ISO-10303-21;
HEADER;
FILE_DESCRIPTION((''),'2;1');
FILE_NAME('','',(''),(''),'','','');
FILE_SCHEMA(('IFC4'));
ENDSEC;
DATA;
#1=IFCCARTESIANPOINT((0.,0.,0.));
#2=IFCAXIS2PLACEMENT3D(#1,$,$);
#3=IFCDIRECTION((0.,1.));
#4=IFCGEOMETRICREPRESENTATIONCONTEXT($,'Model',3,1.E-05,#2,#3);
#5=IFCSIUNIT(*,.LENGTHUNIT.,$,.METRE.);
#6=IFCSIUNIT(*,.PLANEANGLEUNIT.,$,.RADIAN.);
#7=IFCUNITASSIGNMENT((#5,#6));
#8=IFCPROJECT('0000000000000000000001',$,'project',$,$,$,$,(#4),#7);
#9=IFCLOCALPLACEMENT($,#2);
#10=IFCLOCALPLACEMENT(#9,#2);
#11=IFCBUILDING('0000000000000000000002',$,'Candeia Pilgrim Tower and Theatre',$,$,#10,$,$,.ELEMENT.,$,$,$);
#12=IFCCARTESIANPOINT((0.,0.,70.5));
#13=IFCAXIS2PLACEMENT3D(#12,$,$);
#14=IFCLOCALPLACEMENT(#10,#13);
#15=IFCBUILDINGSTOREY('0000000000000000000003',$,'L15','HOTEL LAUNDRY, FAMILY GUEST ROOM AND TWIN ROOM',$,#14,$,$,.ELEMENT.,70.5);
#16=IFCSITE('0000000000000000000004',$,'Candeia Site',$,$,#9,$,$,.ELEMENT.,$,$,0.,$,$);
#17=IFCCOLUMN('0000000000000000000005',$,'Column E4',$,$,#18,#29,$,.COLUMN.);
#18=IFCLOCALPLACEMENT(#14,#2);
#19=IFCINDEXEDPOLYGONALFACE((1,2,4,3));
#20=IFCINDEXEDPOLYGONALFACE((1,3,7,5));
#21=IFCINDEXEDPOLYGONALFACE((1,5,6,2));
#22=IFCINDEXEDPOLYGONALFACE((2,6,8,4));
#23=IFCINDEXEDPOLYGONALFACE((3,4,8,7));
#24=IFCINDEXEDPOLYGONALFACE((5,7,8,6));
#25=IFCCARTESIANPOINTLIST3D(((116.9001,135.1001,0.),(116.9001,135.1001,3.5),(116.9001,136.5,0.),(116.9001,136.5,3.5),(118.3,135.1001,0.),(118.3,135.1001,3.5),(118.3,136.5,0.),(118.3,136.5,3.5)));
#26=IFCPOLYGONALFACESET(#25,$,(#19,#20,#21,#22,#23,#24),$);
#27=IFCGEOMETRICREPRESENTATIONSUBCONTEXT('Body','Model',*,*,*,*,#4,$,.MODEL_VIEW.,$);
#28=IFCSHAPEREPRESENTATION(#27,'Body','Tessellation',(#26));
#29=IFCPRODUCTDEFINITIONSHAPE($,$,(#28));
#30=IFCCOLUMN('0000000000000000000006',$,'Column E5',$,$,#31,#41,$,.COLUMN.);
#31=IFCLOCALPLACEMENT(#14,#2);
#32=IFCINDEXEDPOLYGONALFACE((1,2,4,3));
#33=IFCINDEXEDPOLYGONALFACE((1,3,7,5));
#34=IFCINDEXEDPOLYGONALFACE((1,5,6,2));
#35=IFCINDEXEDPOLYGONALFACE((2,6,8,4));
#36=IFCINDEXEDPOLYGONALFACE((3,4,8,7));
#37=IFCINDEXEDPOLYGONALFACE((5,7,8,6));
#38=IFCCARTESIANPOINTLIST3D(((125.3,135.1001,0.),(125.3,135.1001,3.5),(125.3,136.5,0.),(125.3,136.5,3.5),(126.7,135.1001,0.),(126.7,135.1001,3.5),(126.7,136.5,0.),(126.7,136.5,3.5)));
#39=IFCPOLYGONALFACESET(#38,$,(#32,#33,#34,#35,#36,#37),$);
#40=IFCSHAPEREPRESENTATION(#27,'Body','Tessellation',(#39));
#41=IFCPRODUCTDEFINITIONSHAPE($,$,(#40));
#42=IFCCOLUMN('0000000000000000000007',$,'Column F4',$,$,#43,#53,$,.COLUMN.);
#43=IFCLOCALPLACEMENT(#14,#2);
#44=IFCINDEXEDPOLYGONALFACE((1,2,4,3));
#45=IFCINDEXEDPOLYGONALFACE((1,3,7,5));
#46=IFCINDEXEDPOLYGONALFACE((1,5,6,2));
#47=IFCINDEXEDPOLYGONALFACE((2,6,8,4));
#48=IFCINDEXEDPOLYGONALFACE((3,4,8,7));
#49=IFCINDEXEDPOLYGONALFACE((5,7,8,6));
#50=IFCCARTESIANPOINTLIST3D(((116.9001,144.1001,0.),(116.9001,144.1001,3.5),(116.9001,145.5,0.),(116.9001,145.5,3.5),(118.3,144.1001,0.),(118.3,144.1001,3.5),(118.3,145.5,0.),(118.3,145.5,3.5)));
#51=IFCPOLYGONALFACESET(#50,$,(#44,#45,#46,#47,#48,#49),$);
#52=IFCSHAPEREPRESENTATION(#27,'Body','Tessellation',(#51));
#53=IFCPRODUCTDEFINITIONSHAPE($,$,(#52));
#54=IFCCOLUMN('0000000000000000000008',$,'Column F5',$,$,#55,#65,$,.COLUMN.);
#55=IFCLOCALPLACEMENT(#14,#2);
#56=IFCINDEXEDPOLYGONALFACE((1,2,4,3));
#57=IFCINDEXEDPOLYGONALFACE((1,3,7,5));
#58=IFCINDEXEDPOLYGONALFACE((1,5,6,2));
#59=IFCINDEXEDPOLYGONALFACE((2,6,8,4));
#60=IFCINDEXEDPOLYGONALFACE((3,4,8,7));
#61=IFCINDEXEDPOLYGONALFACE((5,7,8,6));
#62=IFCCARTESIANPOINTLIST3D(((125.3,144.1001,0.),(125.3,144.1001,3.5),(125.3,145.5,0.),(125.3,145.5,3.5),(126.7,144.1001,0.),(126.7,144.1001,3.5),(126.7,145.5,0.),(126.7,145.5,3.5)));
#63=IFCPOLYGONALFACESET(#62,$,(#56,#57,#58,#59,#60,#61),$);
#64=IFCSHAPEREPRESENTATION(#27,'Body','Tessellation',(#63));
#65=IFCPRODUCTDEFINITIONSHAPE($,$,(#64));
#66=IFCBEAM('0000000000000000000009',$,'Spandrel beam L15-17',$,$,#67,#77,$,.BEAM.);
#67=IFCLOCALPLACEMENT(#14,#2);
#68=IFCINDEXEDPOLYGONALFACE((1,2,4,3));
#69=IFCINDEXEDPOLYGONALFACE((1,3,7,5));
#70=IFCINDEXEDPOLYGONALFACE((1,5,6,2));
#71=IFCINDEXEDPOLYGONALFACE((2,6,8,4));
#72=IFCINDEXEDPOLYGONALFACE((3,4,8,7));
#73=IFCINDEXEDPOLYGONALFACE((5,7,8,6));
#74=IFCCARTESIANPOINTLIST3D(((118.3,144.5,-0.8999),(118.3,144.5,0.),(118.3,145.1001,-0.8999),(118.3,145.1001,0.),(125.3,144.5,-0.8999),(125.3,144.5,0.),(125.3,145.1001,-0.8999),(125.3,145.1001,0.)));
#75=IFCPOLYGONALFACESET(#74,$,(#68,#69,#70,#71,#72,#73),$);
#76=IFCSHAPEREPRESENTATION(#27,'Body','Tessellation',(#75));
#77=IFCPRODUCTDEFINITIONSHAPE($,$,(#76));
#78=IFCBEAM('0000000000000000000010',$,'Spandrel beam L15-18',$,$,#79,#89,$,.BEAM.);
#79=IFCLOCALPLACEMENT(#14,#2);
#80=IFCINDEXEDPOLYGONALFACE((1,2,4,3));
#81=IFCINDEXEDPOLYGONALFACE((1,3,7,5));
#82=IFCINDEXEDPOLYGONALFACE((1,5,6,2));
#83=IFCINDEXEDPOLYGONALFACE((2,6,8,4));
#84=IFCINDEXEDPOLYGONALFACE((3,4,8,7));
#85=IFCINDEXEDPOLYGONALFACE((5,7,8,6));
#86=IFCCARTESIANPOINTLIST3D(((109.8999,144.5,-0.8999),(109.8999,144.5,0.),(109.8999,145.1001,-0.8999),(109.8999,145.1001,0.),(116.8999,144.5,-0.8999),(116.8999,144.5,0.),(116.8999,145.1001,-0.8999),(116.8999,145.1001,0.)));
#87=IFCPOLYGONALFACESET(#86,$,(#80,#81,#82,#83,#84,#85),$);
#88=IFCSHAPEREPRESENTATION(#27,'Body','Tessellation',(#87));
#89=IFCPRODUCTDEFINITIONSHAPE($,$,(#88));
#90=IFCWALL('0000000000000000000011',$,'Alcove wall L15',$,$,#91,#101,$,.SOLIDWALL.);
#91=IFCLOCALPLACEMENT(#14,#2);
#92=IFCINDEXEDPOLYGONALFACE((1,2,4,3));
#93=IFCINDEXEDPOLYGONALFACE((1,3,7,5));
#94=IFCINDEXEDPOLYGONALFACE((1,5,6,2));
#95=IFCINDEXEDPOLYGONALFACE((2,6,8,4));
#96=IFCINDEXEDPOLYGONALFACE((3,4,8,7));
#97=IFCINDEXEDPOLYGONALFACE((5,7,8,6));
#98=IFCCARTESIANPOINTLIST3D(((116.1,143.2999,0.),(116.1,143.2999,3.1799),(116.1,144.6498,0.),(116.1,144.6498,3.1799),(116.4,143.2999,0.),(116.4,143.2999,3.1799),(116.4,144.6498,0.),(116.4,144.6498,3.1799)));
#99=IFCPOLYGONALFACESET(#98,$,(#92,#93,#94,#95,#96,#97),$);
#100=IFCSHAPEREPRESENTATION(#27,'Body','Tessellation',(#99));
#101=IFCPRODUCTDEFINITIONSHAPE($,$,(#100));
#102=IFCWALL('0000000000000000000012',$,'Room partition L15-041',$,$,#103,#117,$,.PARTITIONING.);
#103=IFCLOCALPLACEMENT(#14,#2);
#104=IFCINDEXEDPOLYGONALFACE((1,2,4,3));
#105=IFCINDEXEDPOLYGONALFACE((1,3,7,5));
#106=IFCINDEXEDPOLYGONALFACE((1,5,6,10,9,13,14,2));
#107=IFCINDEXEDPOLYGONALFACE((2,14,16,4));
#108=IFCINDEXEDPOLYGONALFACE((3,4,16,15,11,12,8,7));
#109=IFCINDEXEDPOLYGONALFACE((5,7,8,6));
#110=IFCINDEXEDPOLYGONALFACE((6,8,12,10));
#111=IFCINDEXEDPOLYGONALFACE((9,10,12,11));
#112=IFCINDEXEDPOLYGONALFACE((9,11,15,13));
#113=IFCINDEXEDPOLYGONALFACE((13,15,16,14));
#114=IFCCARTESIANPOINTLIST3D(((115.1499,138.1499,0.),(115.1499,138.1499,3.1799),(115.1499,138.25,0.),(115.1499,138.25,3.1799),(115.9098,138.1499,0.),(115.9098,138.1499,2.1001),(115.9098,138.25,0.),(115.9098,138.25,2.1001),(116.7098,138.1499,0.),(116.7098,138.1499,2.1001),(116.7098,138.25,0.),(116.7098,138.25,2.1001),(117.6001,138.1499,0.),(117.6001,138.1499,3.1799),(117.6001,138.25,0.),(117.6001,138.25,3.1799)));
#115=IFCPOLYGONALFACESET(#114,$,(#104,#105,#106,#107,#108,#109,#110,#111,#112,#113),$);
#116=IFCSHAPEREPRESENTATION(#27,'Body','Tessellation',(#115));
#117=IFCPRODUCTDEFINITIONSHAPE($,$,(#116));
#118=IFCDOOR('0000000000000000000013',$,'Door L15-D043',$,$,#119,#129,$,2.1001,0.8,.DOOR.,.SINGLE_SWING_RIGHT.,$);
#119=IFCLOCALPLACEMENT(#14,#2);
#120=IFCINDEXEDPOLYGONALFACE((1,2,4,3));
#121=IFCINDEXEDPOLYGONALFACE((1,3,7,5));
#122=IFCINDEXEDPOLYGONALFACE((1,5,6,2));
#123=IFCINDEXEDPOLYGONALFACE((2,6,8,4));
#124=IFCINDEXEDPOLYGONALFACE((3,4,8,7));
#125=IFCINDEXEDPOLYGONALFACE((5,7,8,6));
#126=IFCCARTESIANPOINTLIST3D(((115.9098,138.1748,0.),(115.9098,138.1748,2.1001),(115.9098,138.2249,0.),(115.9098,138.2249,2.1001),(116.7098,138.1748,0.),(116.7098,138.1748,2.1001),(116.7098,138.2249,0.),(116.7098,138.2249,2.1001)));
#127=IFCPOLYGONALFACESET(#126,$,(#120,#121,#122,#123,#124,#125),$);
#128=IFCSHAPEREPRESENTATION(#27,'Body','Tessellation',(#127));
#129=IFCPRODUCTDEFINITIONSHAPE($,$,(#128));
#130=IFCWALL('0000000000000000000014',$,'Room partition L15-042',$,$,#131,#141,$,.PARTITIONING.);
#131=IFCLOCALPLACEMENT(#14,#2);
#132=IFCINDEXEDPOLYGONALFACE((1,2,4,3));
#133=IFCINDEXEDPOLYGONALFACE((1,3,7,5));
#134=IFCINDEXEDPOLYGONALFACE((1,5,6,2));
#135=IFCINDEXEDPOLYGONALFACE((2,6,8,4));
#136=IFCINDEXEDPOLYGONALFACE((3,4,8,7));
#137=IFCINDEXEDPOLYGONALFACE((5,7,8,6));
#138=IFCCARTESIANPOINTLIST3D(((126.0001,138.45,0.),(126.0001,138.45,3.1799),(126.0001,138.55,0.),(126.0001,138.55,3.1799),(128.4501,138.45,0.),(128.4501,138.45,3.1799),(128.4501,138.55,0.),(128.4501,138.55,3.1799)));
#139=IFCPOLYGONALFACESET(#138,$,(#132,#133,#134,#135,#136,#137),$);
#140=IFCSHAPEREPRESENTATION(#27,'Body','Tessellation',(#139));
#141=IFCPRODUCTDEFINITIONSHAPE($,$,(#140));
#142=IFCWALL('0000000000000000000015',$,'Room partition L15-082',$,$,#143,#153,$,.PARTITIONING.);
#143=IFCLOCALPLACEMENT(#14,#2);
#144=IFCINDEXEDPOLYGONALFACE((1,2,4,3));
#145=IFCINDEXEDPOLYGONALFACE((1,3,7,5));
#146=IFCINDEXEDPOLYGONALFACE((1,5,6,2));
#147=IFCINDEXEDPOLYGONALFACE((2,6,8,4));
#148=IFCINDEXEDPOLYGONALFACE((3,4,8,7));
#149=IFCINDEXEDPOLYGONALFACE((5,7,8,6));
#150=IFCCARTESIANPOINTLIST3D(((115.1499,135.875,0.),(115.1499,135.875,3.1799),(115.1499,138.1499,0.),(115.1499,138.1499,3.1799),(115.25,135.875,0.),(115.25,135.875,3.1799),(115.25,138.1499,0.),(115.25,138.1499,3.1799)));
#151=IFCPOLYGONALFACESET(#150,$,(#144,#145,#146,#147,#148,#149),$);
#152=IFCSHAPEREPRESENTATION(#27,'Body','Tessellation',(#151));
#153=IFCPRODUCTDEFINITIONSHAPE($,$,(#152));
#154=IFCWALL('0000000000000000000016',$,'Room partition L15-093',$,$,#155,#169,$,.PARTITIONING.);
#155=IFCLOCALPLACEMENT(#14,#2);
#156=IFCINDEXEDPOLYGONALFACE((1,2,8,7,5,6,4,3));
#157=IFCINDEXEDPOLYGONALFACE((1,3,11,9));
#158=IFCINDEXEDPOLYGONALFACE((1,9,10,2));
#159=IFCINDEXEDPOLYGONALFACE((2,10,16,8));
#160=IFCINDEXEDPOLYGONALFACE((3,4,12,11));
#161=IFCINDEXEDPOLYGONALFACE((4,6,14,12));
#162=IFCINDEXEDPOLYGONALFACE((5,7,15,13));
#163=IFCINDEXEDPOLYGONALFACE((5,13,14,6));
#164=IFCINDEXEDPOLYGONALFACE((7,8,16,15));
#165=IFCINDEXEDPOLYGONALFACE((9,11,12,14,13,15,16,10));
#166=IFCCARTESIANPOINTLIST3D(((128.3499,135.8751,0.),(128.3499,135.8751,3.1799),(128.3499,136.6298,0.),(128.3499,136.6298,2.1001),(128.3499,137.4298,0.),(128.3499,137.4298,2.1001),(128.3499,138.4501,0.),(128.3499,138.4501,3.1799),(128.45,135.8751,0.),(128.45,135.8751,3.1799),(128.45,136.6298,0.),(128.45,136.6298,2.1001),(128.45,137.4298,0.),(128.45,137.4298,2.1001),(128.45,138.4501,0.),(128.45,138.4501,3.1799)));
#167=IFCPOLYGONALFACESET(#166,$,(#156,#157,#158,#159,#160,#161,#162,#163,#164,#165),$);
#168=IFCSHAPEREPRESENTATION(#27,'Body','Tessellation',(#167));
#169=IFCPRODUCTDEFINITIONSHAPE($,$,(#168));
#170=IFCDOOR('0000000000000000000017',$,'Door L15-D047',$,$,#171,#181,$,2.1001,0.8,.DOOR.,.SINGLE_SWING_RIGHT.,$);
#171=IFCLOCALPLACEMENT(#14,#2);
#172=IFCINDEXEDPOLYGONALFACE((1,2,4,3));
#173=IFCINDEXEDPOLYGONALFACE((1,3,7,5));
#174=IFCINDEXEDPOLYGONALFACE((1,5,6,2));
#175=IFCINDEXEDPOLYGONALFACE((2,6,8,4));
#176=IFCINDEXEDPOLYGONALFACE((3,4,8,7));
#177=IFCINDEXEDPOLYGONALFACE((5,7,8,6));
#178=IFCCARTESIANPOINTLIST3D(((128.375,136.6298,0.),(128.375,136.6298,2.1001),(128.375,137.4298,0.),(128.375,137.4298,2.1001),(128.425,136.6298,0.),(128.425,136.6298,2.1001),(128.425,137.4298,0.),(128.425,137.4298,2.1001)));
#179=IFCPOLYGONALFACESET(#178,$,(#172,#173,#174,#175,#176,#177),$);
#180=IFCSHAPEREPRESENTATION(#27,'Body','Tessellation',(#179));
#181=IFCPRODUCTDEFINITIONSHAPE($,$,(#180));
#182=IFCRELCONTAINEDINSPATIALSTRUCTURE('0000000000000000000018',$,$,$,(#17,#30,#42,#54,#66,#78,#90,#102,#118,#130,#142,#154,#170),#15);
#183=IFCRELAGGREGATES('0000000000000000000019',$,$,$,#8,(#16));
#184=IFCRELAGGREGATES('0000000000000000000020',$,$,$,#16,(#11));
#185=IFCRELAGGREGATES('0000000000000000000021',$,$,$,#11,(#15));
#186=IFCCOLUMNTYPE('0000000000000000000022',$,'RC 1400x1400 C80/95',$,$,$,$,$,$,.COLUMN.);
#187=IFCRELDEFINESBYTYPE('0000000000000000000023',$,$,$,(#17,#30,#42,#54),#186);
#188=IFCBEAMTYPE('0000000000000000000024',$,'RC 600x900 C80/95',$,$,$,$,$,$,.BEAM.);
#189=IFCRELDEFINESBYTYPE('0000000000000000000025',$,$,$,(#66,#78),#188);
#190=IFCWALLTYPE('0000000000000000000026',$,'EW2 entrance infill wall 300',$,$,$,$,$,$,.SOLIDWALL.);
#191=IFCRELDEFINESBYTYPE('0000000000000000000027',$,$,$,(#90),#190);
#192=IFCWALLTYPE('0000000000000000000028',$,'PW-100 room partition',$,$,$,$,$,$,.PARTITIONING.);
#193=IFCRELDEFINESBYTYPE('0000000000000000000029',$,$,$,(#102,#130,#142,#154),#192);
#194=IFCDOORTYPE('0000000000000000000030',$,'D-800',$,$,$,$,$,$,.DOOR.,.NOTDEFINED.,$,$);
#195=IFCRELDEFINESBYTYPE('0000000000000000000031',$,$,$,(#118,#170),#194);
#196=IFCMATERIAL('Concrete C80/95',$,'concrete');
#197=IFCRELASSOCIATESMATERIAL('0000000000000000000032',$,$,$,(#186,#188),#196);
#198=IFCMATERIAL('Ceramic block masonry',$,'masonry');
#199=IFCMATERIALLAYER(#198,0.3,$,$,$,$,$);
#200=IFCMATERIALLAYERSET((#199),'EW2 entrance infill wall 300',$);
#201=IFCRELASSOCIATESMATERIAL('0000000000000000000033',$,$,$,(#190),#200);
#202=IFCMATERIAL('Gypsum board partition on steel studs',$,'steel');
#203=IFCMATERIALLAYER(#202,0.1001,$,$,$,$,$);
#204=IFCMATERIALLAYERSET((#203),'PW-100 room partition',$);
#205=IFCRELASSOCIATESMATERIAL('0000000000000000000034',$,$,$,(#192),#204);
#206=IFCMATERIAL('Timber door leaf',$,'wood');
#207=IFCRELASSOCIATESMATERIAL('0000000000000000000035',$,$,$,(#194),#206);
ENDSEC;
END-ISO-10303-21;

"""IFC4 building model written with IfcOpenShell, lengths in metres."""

from ifc_helpers import new_model, si_unit, direction, frame, frame_2d, origin, origin_2d, place, context, subcontext, project, spatial, rectangle, extrude, material, layer, layer_set, material_profile, profile_set, type_object, element, fill, save


model = new_model("IFC4")

# Units and contexts
model_context = context("Model", 3, precision=1e-05, world=origin(), true_north=direction((0.0, 1.0)))
body_context = subcontext(model_context, "Body", "Model", "MODEL_VIEW")
ifc_project = project(units=[si_unit("LENGTHUNIT", "METRE"), si_unit("PLANEANGLEUNIT", "RADIAN")], contexts=[model_context])

# Site, building, storey
site_placement = place(None, origin())
site = spatial("IfcSite", under=ifc_project, at=site_placement, Name="Candeia Site", CompositionType="ELEMENT", RefElevation=0.0)
building_placement = place(site_placement, origin())
building = spatial("IfcBuilding", under=site, at=building_placement, Name="Candeia Pilgrim Tower and Theatre", CompositionType="ELEMENT")
storey_placement = place(building_placement, frame((0.0, 0.0, 70.5)))
storey = spatial("IfcBuildingStorey", under=building, at=storey_placement, Name="L15", Description="HOTEL LAUNDRY, FAMILY GUEST ROOM AND TWIN ROOM", CompositionType="ELEMENT", Elevation=70.5)

# Columns
ifc_material_1 = material(Name="Concrete C80/95", Category="concrete")
ifc_material_profile_1 = material_profile(ifc_material_1, rectangle(XDim=1.3999, YDim=1.3999, at=origin_2d()))
ifc_profile_set_1 = profile_set([ifc_material_profile_1], Name="Concrete C80/95")
column_type = type_object("IfcColumnType", Name="RC 1400x1400 C80/95", PredefinedType="COLUMN", material=ifc_profile_set_1)
for number, where, z_axis, x_axis, name in (
    (1, (117.6001, 135.8, 0.0), (0.0, 0.0, 1.0), (1.0, 0.0, 0.0), "Column E4"),
    (2, (126.0, 135.8, 0.0), (0.0, 0.0, 1.0), (1.0, 0.0, 0.0), "Column E5"),
    (3, (117.6001, 144.8, 0.0), (0.0, 0.0, 1.0), (1.0, 0.0, 0.0), "Column F4"),
    (4, (126.0, 144.8, 0.0), (0.0, 0.0, 1.0), (1.0, 0.0, 0.0), "Column F5"),
):
    element("IfcColumn", number, at=place(storey_placement, frame(where, z_axis=z_axis, x_axis=x_axis)), inside=storey, type_object=column_type, Name=name, PredefinedType="COLUMN", context=body_context, shape_type="SweptSolid", body=[
        extrude(rectangle(XDim=1.3999, YDim=1.3999, at=origin_2d()), origin(), (0.0, 0.0, 1.0), 3.5),
    ])

# Beams
ifc_material_profile_2 = material_profile(ifc_material_1, rectangle(XDim=0.6001, YDim=0.8999, at=origin_2d()))
ifc_profile_set_2 = profile_set([ifc_material_profile_2], Name="Concrete C80/95")
beam_type = type_object("IfcBeamType", Name="RC 600x900 C80/95", PredefinedType="BEAM", material=ifc_profile_set_2)
for number, where, z_axis, x_axis, name in (
    (5, (125.3, 144.8, -0.45), (-1.0, 0.0, 0.0), (0.0, -1.0, 0.0), "Spandrel beam L15-17"),
    (6, (116.8999, 144.8, -0.45), (-1.0, 0.0, 0.0), (0.0, -1.0, 0.0), "Spandrel beam L15-18"),
):
    element("IfcBeam", number, at=place(storey_placement, frame(where, z_axis=z_axis, x_axis=x_axis)), inside=storey, type_object=beam_type, Name=name, PredefinedType="BEAM", context=body_context, shape_type="SweptSolid", body=[
        extrude(rectangle(XDim=0.6001, YDim=0.8999, at=origin_2d()), origin(), (0.0, 0.0, 1.0), 7.0),
    ])

# Wall
ifc_material_2 = material(Name="Ceramic block masonry", Category="masonry")
ifc_layer_1 = layer(ifc_material_2, 0.3)
ifc_layer_set_1 = layer_set([ifc_layer_1], Name="EW2 entrance infill wall 300")
wall_type_1 = type_object("IfcWallType", Name="EW2 entrance infill wall 300", PredefinedType="SOLIDWALL", material=ifc_layer_set_1)
wall_1_placement = place(storey_placement, frame((116.25, 143.3, 0.0), z_axis=(0.0, 0.0, 1.0), x_axis=(0.0, 1.0, 0.0)))
element("IfcWall", 7, at=wall_1_placement, inside=storey, type_object=wall_type_1, Name="Alcove wall L15", PredefinedType="SOLIDWALL", context=body_context, shape_type="SweptSolid", body=[
    extrude(rectangle(XDim=1.3499, YDim=0.3, at=frame_2d((0.6748, 0.0))), origin(), (0.0, 0.0, 1.0), 3.1799),
])

# Wall, opening, door
ifc_material_3 = material(Name="Gypsum board partition on steel studs", Category="steel")
ifc_layer_2 = layer(ifc_material_3, 0.1001)
ifc_layer_set_2 = layer_set([ifc_layer_2], Name="PW-100 room partition")
wall_type_2 = type_object("IfcWallType", Name="PW-100 room partition", PredefinedType="PARTITIONING", material=ifc_layer_set_2)
wall_2_placement = place(storey_placement, frame((115.1499, 138.2, 0.0), z_axis=(0.0, 0.0, 1.0), x_axis=(1.0, 0.0, 0.0)))
wall_2 = element("IfcWall", 8, at=wall_2_placement, inside=storey, type_object=wall_type_2, Name="Room partition L15-041", PredefinedType="PARTITIONING", context=body_context, shape_type="SweptSolid", body=[
    extrude(rectangle(XDim=2.4502, YDim=0.1001, at=frame_2d((1.2251, 0.0))), origin(), (0.0, 0.0, 1.0), 3.1799),
])
opening_1_placement = place(wall_2_placement, frame((0.76, 0.0, 0.0)))
opening_1 = element("IfcOpeningElement", 9, at=opening_1_placement, cuts=wall_2, PredefinedType="OPENING", context=body_context, shape_type="SweptSolid", body=[
    extrude(rectangle(XDim=0.8, YDim=2.1001, at=frame_2d((0.3999, 1.05))), frame((0.0, 0.0601, 0.0), z_axis=(0.0, -1.0, 0.0), x_axis=(1.0, 0.0, 0.0)), (0.0, 0.0, 1.0), 0.1201),
])
ifc_material_4 = material(Name="Timber door leaf", Category="wood")
door_type_1 = type_object("IfcDoorType", Name="D-800", OperationType="NOTDEFINED", PredefinedType="DOOR", material=ifc_material_4)
door_1_placement = place(opening_1_placement, origin())
door_1 = element("IfcDoor", 10, at=door_1_placement, inside=storey, type_object=door_type_1, Name="Door L15-D043", OperationType="SINGLE_SWING_RIGHT", OverallHeight=2.1001, OverallWidth=0.8, PredefinedType="DOOR", context=body_context, shape_type="SweptSolid", body=[
    extrude(rectangle(XDim=0.8, YDim=2.1001, at=frame_2d((0.3999, 1.05))), frame((0.0, 0.0249, 0.0), z_axis=(0.0, -1.0, 0.0), x_axis=(1.0, 0.0, 0.0)), (0.0, 0.0, 1.0), 0.05),
])
fill(opening_1, door_1)

# Walls
wall_3_placement = place(storey_placement, frame((126.0, 138.5, 0.0), z_axis=(0.0, 0.0, 1.0), x_axis=(1.0, 0.0, 0.0)))
element("IfcWall", 11, at=wall_3_placement, inside=storey, type_object=wall_type_2, Name="Room partition L15-042", PredefinedType="PARTITIONING", context=body_context, shape_type="SweptSolid", body=[
    extrude(rectangle(XDim=2.45, YDim=0.1001, at=frame_2d((1.2251, 0.0))), origin(), (0.0, 0.0, 1.0), 3.1799),
])
wall_4_placement = place(storey_placement, frame((115.2, 135.875, 0.0), z_axis=(0.0, 0.0, 1.0), x_axis=(0.0, 1.0, 0.0)))
element("IfcWall", 12, at=wall_4_placement, inside=storey, type_object=wall_type_2, Name="Room partition L15-082", PredefinedType="PARTITIONING", context=body_context, shape_type="SweptSolid", body=[
    extrude(rectangle(XDim=2.2749, YDim=0.1001, at=frame_2d((1.1375, 0.0))), origin(), (0.0, 0.0, 1.0), 3.1799),
])

# Wall, opening, door
wall_5_placement = place(storey_placement, frame((128.3999, 135.875, 0.0), z_axis=(0.0, 0.0, 1.0), x_axis=(0.0, 1.0, 0.0)))
wall_5 = element("IfcWall", 13, at=wall_5_placement, inside=storey, type_object=wall_type_2, Name="Room partition L15-093", PredefinedType="PARTITIONING", context=body_context, shape_type="SweptSolid", body=[
    extrude(rectangle(XDim=2.575, YDim=0.1001, at=frame_2d((1.2876, 0.0))), origin(), (0.0, 0.0, 1.0), 3.1799),
])
opening_2_placement = place(wall_5_placement, frame((0.7549, 0.0, 0.0)))
opening_2 = element("IfcOpeningElement", 14, at=opening_2_placement, cuts=wall_5, PredefinedType="OPENING", context=body_context, shape_type="SweptSolid", body=[
    extrude(rectangle(XDim=0.8, YDim=2.1001, at=frame_2d((0.3999, 1.05))), frame((0.0, 0.0601, 0.0), z_axis=(0.0, -1.0, 0.0), x_axis=(1.0, 0.0, 0.0)), (0.0, 0.0, 1.0), 0.1201),
])
door_2_placement = place(opening_2_placement, origin())
door_2 = element("IfcDoor", 15, at=door_2_placement, inside=storey, type_object=door_type_1, Name="Door L15-D047", OperationType="SINGLE_SWING_RIGHT", OverallHeight=2.1001, OverallWidth=0.8, PredefinedType="DOOR", context=body_context, shape_type="SweptSolid", body=[
    extrude(rectangle(XDim=0.8, YDim=2.1001, at=frame_2d((0.3999, 1.05))), frame((0.0, 0.0249, 0.0), z_axis=(0.0, -1.0, 0.0), x_axis=(1.0, 0.0, 0.0)), (0.0, 0.0, 1.0), 0.05),
])
fill(opening_2, door_2)

save(model, "model.ifc")
